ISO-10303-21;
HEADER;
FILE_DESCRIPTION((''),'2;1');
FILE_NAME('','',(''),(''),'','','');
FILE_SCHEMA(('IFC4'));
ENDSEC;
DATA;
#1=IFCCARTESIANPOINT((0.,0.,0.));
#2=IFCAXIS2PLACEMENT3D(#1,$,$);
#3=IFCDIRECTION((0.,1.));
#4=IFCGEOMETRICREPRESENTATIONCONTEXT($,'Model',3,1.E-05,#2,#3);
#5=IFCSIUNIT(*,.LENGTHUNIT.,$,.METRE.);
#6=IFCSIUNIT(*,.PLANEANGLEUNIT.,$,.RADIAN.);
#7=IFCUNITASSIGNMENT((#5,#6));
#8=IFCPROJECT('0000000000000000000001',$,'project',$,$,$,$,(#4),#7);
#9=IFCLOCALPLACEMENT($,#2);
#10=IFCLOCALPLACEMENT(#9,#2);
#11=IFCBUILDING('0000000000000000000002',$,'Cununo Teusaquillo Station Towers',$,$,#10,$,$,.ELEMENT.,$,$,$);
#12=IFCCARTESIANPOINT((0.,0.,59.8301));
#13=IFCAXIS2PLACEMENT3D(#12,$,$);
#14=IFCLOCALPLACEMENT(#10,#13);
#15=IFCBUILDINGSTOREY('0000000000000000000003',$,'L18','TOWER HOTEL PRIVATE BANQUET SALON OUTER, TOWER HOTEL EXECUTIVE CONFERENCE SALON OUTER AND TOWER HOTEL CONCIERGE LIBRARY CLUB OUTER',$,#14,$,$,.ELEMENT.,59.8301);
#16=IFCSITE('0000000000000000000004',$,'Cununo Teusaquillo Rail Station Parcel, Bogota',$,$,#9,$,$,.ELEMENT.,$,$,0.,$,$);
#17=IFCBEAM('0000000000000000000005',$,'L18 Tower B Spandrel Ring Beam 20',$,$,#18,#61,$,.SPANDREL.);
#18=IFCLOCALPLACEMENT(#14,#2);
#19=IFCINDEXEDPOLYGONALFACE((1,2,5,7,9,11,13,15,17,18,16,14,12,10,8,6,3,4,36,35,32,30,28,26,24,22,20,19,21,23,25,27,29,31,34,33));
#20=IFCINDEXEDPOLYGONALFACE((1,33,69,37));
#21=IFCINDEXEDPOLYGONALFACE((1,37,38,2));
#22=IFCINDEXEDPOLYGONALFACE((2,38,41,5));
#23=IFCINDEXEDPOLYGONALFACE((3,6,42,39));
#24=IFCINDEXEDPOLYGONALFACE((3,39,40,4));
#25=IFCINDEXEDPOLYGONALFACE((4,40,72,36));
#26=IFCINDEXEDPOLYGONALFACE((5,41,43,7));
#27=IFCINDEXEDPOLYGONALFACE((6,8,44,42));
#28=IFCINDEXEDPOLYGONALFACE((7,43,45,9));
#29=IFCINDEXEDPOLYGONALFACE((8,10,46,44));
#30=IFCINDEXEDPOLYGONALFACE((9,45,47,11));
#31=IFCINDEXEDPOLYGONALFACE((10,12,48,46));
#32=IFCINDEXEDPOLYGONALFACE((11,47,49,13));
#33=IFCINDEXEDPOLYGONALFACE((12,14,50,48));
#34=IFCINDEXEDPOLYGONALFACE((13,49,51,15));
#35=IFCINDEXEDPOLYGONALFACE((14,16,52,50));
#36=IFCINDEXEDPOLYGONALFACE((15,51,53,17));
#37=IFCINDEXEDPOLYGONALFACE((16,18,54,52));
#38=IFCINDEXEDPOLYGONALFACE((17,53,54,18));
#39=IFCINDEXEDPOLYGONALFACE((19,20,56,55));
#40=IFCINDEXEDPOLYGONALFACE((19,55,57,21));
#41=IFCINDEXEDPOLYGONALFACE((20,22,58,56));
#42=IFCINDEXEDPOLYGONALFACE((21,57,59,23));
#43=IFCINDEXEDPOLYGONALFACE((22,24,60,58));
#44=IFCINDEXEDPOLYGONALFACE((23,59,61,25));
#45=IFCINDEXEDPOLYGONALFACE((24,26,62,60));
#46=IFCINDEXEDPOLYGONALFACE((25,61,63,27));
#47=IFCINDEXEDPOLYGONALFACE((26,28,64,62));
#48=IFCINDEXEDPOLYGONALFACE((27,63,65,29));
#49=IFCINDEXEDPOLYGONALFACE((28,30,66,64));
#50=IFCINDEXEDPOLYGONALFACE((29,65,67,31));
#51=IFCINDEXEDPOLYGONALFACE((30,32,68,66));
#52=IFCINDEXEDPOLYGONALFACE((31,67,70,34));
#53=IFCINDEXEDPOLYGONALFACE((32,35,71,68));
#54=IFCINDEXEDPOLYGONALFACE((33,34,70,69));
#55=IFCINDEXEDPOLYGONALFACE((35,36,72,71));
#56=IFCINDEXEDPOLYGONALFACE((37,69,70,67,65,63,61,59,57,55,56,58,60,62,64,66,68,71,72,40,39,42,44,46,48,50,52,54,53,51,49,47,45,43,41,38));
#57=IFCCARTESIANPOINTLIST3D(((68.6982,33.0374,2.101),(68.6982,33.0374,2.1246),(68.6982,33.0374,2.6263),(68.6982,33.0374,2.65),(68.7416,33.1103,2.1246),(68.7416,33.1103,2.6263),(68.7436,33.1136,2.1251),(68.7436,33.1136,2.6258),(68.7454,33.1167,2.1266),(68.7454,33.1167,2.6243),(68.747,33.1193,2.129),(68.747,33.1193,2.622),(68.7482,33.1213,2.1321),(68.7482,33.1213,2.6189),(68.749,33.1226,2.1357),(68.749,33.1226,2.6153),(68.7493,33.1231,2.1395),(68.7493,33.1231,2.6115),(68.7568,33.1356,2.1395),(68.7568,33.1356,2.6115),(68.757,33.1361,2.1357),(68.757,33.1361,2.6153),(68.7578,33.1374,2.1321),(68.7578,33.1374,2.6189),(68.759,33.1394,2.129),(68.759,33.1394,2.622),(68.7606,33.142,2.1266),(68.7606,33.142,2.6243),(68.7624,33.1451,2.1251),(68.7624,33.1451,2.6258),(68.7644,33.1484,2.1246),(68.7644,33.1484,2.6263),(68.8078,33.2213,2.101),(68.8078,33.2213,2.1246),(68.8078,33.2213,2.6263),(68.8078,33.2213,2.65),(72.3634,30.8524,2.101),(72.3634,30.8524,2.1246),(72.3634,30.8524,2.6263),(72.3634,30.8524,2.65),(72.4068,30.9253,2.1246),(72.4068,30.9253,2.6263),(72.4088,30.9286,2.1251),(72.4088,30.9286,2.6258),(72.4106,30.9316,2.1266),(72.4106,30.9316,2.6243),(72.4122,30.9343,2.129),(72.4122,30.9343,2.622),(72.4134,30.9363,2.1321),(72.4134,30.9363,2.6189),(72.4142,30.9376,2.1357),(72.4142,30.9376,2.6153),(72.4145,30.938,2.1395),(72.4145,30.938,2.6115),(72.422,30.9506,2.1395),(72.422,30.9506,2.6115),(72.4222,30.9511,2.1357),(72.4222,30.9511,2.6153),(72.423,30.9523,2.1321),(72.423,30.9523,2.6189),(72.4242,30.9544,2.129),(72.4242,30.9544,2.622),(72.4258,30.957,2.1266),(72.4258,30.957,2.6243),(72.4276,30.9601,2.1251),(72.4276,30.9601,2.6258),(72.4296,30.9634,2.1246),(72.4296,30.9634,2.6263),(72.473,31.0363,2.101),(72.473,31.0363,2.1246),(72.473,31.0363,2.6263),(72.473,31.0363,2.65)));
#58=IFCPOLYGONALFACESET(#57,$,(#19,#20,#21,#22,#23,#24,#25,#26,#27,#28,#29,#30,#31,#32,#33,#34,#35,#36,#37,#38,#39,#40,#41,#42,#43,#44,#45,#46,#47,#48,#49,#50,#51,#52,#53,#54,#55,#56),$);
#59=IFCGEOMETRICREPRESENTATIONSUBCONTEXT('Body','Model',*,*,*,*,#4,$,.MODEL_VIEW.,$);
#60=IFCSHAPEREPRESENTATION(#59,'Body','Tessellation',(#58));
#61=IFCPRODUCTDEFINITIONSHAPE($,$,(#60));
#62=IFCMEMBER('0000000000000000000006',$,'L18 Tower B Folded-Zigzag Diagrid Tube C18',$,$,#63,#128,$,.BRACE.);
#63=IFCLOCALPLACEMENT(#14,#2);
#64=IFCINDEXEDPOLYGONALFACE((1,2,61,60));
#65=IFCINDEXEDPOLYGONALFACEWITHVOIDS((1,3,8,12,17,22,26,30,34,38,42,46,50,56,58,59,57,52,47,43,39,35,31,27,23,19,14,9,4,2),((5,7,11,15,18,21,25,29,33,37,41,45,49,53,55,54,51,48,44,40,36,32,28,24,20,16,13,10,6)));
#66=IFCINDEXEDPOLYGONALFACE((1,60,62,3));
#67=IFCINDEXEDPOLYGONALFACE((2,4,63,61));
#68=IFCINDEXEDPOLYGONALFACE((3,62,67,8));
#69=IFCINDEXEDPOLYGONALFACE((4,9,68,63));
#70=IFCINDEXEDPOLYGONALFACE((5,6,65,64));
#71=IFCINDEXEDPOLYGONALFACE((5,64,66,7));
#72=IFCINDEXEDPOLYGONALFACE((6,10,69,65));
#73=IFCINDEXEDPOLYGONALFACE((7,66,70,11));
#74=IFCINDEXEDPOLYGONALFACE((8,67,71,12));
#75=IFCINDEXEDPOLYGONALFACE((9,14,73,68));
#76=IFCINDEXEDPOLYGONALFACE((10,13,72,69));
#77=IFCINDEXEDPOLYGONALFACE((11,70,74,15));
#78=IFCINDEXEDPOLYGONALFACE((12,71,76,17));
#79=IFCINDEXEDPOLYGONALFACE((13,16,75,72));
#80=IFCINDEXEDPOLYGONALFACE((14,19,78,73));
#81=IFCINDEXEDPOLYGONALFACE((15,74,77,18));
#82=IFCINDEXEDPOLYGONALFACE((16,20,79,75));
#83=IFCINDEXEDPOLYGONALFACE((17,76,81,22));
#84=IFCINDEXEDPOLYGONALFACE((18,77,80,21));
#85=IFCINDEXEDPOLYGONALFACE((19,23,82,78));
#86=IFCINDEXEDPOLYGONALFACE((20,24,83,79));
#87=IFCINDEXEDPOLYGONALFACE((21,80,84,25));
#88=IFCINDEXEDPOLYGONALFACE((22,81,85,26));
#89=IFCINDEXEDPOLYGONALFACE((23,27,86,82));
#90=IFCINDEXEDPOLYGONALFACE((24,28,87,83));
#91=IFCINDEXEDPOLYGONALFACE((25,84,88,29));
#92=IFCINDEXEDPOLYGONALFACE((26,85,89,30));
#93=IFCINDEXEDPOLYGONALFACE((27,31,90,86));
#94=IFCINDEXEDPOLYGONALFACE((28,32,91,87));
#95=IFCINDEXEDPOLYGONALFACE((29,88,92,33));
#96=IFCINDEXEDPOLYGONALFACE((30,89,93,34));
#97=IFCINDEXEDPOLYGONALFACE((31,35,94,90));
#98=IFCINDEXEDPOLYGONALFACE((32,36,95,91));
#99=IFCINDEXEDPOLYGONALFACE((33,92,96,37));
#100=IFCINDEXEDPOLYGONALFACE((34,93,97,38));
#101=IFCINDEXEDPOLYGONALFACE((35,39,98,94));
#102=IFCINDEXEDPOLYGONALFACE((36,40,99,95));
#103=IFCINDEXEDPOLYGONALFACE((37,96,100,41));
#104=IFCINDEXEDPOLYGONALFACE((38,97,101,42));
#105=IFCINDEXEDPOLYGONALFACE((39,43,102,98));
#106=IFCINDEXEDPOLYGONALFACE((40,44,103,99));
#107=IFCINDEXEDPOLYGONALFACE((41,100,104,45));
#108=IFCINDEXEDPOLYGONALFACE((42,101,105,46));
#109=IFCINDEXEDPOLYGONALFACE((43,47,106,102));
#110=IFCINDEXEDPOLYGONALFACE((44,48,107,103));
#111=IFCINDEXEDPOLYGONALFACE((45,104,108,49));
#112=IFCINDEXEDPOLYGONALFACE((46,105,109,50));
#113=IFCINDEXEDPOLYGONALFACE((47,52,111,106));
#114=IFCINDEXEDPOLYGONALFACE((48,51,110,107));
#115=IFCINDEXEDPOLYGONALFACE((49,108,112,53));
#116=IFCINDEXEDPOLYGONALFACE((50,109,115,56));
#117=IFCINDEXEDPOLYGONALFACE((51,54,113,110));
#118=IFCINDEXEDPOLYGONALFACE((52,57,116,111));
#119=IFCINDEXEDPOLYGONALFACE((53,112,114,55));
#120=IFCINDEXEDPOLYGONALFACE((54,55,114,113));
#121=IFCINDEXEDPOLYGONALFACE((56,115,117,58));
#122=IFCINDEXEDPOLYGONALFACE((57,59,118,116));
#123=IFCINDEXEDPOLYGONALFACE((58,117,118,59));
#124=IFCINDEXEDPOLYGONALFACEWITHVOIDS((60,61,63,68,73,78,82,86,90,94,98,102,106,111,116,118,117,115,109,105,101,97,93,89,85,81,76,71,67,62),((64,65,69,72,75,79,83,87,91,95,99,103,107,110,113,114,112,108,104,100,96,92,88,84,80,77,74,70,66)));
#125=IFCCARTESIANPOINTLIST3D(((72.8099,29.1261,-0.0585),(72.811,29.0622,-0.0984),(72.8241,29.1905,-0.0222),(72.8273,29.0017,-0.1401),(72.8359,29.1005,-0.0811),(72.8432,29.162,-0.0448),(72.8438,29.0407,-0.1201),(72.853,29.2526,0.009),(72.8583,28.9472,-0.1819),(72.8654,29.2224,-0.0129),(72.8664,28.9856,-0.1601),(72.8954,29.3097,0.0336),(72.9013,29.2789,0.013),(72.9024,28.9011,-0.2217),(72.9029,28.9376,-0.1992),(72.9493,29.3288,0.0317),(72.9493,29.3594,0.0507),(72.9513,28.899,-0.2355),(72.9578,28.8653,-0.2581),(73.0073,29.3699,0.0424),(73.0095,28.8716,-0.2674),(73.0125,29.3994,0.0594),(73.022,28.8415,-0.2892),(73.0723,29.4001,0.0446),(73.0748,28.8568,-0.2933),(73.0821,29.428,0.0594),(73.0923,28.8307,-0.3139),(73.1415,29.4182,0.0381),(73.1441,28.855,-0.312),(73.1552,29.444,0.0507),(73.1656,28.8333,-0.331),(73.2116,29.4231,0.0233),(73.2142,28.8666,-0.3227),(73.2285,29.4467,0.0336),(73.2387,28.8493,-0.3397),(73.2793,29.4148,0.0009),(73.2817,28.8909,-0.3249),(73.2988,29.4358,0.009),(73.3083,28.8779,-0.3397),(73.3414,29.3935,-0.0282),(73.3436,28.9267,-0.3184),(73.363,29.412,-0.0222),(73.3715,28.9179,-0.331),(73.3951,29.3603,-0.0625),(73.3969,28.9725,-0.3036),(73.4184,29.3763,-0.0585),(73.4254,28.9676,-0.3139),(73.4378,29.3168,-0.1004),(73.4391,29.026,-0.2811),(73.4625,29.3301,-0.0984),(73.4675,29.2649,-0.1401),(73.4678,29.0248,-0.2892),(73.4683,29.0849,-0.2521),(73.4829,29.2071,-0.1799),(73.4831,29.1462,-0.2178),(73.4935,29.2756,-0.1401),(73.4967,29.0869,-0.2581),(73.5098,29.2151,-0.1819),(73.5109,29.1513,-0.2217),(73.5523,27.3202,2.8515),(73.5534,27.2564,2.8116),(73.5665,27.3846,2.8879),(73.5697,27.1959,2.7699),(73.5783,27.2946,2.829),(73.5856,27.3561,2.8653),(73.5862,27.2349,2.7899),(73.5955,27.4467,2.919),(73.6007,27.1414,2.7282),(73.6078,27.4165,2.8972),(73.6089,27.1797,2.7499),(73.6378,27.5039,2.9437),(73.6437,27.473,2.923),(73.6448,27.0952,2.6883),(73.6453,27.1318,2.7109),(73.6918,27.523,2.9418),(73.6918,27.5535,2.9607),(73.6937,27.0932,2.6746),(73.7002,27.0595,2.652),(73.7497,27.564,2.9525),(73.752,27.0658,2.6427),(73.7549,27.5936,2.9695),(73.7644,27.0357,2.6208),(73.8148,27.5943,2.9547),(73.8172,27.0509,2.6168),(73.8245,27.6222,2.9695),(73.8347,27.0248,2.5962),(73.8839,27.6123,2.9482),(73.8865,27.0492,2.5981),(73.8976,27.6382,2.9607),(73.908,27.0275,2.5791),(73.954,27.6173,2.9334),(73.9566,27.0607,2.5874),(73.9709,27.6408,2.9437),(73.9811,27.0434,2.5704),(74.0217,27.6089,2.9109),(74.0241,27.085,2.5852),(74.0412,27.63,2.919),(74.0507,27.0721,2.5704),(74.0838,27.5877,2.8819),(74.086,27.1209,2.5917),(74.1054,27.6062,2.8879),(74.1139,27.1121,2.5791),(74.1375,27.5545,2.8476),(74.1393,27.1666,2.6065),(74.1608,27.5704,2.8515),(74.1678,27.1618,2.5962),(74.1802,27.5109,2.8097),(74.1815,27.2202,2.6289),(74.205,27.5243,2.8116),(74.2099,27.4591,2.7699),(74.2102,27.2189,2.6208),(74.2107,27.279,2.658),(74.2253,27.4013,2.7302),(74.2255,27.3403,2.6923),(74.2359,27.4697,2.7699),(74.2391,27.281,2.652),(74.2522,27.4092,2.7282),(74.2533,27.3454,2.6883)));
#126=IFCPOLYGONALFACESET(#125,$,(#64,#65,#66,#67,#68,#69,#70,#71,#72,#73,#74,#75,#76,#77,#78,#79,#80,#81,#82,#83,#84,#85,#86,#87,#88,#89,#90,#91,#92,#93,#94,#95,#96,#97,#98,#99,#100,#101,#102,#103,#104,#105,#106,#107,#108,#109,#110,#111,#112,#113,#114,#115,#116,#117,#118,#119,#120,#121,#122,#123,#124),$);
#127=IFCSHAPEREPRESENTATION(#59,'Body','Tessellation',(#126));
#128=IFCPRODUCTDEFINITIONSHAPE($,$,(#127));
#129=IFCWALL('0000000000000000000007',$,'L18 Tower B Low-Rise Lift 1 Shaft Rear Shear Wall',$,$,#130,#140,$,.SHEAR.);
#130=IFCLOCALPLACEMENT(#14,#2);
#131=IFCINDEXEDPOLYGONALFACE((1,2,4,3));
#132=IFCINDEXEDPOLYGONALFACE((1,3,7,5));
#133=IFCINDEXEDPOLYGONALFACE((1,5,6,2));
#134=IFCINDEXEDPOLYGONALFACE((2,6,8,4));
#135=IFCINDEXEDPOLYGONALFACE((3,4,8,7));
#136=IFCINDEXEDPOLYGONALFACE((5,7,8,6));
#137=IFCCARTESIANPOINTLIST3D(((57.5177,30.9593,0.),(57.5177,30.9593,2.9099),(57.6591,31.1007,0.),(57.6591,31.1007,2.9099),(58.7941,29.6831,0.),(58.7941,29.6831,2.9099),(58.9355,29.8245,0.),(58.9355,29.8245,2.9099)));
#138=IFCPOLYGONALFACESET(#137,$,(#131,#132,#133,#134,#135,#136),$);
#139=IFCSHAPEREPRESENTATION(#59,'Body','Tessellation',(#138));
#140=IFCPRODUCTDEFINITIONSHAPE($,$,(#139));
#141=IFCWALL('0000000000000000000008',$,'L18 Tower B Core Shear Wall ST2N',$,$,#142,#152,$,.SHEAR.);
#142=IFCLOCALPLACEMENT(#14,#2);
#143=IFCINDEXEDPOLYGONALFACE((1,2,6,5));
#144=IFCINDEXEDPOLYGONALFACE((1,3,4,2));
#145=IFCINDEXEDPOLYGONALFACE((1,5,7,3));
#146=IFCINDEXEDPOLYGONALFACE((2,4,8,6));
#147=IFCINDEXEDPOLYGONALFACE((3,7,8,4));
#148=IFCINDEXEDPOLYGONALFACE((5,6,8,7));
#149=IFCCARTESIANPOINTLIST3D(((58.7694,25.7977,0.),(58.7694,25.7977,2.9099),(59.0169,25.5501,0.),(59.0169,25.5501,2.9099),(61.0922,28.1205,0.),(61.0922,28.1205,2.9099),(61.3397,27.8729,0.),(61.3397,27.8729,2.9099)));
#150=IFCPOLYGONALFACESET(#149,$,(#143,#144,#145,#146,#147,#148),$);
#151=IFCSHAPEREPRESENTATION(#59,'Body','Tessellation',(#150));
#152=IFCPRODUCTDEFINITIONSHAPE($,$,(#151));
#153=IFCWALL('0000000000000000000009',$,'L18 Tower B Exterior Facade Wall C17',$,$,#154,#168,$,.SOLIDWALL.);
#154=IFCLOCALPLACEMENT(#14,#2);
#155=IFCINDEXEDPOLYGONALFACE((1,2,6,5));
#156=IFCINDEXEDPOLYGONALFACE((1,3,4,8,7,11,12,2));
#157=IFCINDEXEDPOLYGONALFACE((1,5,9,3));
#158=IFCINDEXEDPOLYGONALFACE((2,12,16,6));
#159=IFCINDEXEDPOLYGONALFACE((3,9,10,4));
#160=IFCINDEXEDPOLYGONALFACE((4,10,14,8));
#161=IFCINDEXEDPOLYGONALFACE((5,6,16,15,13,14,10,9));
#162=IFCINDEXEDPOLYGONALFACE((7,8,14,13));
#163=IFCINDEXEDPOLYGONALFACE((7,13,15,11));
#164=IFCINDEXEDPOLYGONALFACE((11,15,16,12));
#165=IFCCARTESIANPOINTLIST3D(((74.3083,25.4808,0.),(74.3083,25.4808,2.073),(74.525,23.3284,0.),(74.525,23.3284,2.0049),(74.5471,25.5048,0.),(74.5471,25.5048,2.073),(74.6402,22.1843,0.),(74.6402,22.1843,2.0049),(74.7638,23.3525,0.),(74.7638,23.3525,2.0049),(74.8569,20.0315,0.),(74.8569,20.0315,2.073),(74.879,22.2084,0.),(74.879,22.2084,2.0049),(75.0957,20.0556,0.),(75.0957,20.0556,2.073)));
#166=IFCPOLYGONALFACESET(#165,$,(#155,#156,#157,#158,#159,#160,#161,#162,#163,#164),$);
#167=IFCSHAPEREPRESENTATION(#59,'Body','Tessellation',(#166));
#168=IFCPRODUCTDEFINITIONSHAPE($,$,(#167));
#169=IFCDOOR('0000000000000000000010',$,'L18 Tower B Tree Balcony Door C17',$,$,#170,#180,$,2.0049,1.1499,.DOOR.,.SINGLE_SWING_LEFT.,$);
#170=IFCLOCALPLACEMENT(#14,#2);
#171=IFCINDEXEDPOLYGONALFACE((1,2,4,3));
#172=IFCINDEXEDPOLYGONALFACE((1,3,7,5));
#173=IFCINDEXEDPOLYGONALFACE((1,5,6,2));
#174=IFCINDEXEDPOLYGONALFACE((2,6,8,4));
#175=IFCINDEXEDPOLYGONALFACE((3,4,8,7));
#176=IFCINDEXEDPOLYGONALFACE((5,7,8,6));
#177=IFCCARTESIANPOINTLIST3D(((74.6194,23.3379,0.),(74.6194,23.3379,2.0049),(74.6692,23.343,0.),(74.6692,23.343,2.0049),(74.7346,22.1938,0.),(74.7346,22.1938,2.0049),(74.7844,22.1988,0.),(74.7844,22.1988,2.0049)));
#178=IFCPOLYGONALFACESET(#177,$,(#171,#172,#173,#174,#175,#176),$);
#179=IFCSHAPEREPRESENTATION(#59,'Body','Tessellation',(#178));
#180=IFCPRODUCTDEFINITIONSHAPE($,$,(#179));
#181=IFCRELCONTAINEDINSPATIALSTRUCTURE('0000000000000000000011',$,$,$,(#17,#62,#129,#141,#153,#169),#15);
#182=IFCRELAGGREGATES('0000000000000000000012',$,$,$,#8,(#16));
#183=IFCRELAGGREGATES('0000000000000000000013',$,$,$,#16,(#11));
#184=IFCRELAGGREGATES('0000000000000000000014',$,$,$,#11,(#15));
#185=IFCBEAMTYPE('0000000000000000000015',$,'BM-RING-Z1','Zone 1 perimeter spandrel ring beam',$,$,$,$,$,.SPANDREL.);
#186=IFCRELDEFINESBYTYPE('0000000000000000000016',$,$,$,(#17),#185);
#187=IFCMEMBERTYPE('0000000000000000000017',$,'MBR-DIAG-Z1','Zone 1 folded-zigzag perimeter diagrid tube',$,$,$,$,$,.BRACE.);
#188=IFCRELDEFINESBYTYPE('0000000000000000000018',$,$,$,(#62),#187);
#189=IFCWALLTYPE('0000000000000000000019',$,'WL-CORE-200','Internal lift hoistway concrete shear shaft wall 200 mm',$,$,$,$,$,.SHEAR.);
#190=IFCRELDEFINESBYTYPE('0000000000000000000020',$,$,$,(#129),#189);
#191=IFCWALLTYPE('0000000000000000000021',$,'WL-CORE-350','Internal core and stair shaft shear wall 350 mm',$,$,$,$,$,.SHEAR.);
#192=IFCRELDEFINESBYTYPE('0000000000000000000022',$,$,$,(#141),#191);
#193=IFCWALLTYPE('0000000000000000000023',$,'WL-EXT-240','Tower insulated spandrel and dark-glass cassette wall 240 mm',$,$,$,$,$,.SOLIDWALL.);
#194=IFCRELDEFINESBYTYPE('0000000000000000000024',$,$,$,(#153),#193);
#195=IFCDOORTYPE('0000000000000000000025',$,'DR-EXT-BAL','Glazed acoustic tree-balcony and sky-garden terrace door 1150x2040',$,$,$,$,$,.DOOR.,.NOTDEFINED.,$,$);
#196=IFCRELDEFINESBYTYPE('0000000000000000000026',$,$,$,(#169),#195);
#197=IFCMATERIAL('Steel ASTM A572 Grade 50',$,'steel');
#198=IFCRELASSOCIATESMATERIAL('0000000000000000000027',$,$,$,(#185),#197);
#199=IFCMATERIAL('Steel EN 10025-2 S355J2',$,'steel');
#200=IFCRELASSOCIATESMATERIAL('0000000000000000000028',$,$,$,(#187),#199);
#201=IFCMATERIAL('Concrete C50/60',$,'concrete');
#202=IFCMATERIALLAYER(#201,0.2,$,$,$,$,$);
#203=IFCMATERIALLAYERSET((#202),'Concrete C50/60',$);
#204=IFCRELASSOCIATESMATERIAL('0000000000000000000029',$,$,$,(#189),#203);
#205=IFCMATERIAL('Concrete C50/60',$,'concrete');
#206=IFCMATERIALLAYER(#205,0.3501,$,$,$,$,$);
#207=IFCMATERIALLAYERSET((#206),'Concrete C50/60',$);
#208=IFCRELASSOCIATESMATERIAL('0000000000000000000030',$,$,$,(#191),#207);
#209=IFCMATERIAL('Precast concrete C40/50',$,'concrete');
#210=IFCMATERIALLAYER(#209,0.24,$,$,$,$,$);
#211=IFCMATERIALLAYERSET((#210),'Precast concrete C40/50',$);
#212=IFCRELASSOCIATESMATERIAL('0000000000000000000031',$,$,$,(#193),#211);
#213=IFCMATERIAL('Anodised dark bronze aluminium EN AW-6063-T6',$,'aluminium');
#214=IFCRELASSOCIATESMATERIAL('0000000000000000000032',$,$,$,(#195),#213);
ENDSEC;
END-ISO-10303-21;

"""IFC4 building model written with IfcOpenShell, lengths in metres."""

from ifc_helpers import new_model, si_unit, direction, frame, frame_2d, origin, origin_2d, place, context, subcontext, project, spatial, rectangle, hollow_circle, i_section, extrude, source, transform, mapped, material, layer, layer_set, material_profile, profile_set, type_object, element, fill, save


model = new_model("IFC4")

# Units and contexts
model_context = context("Model", 3, precision=1e-05, world=origin(), true_north=direction((0.0, 1.0)))
body_context = subcontext(model_context, "Body", "Model", "MODEL_VIEW")
ifc_project = project(units=[si_unit("LENGTHUNIT", "METRE"), si_unit("PLANEANGLEUNIT", "RADIAN")], contexts=[model_context])

# Site, building, storey
site_placement = place(None, origin())
site = spatial("IfcSite", under=ifc_project, at=site_placement, Name="Cununo Teusaquillo Rail Station Parcel, Bogota", CompositionType="ELEMENT", RefElevation=0.0)
building_placement = place(site_placement, origin())
building = spatial("IfcBuilding", under=site, at=building_placement, Name="Cununo Teusaquillo Station Towers", CompositionType="ELEMENT")
storey_placement = place(building_placement, frame((0.0, 0.0, 59.8301)))
storey = spatial("IfcBuildingStorey", under=building, at=storey_placement, Name="L18", Description="TOWER HOTEL PRIVATE BANQUET SALON OUTER, TOWER HOTEL EXECUTIVE CONFERENCE SALON OUTER AND TOWER HOTEL CONCIERGE LIBRARY CLUB OUTER", CompositionType="ELEMENT", Elevation=59.8301)

# Beam
ifc_material_1 = material(Name="Steel ASTM A572 Grade 50", Category="steel")
ifc_material_profile_1 = material_profile(ifc_material_1, i_section(OverallWidth=0.2141, OverallDepth=0.5491, WebThickness=0.0146, FlangeThickness=0.0237, FilletRadius=0.0149, at=origin_2d()), Name="W21X93")
ifc_profile_set_1 = profile_set([ifc_material_profile_1], Name="Steel ASTM A572 Grade 50")
beam_type_1 = type_object("IfcBeamType", Name="BM-RING-Z1", Description="Zone 1 perimeter spandrel ring beam", PredefinedType="SPANDREL", material=ifc_profile_set_1)
beam_1_placement = place(storey_placement, frame((72.4182, 30.9443, 2.3755), z_axis=(-0.858948, 0.512062, 0.0), x_axis=(-0.512062, -0.858948, 0.0)))
element("IfcBeam", 1, at=beam_1_placement, inside=storey, type_object=beam_type_1, Name="L18 Tower B Spandrel Ring Beam 20", PredefinedType="SPANDREL", context=body_context, shape_type="SweptSolid", body=[
    extrude(i_section(OverallWidth=0.2141, OverallDepth=0.5491, WebThickness=0.0146, FlangeThickness=0.0237, FilletRadius=0.0149, at=origin_2d()), origin(), (0.0, 0.0, 1.0), 4.2671),
])

# Member
ifc_material_2 = material(Name="Steel EN 10025-2 S355J2", Category="steel")
ifc_material_profile_2 = material_profile(ifc_material_2, hollow_circle(Radius=0.3601, WallThickness=0.0281, at=origin_2d()), Name="CHS 720x28")
ifc_profile_set_2 = profile_set([ifc_material_profile_2], Name="Steel EN 10025-2 S355J2")
member_type = type_object("IfcMemberType", Name="MBR-DIAG-Z1", Description="Zone 1 folded-zigzag perimeter diagrid tube", PredefinedType="BRACE", material=ifc_profile_set_2)
member_placement = place(storey_placement, frame((73.1604, 29.1387, -0.1401), z_axis=(0.211851, -0.515311, 0.830406), x_axis=(0.92489, 0.380234, 0.0)))
element("IfcMember", 2, at=member_placement, inside=storey, type_object=member_type, Name="L18 Tower B Folded-Zigzag Diagrid Tube C18", PredefinedType="BRACE", context=body_context, shape_type="SweptSolid", body=[
    extrude(hollow_circle(Radius=0.3601, WallThickness=0.0281, at=origin_2d()), origin(), (0.0, 0.0, 1.0), 3.5044),
])

# Walls
ifc_material_3 = material(Name="Concrete C50/60", Category="concrete")
ifc_layer_1 = layer(ifc_material_3, 0.2)
ifc_layer_set_1 = layer_set([ifc_layer_1], Name="Concrete C50/60")
wall_type_1 = type_object("IfcWallType", Name="WL-CORE-200", Description="Internal lift hoistway concrete shear shaft wall 200 mm", PredefinedType="SHEAR", material=ifc_layer_set_1)
wall_1_placement = place(storey_placement, frame((58.8647, 29.7539, 0.0), z_axis=(0.0, 0.0, 1.0), x_axis=(-0.707174, 0.707039, 0.0)))
element("IfcWall", 3, at=wall_1_placement, inside=storey, type_object=wall_type_1, Name="L18 Tower B Low-Rise Lift 1 Shaft Rear Shear Wall", PredefinedType="SHEAR", context=body_context, shape_type="SweptSolid", body=[
    extrude(rectangle(XDim=1.8049, YDim=0.2, at=frame_2d((0.9023, 0.0))), origin(), (0.0, 0.0, 1.0), 2.9099),
])
ifc_material_4 = material(Name="Concrete C50/60", Category="concrete")
ifc_layer_2 = layer(ifc_material_4, 0.3501)
ifc_layer_set_2 = layer_set([ifc_layer_2], Name="Concrete C50/60")
wall_type_2 = type_object("IfcWallType", Name="WL-CORE-350", Description="Internal core and stair shaft shear wall 350 mm", PredefinedType="SHEAR", material=ifc_layer_set_2)
wall_2_placement = place(storey_placement, frame((58.8931, 25.6738, 0.0), z_axis=(0.0, 0.0, 1.0), x_axis=(0.707107, 0.707107, 0.0)))
element("IfcWall", 4, at=wall_2_placement, inside=storey, type_object=wall_type_2, Name="L18 Tower B Core Shear Wall ST2N", PredefinedType="SHEAR", context=body_context, shape_type="SweptSolid", body=[
    extrude(rectangle(XDim=3.2849, YDim=0.3501, at=frame_2d((1.6426, 0.0))), origin(), (0.0, 0.0, 1.0), 2.9099),
])

# Wall, opening, door
ifc_material_5 = material(Name="Precast concrete C40/50", Category="concrete")
ifc_layer_3 = layer(ifc_material_5, 0.24)
ifc_layer_set_3 = layer_set([ifc_layer_3], Name="Precast concrete C40/50")
wall_type_3 = type_object("IfcWallType", Name="WL-EXT-240", Description="Tower insulated spandrel and dark-glass cassette wall 240 mm", PredefinedType="SOLIDWALL", material=ifc_layer_set_3)
wall_3_placement = place(storey_placement, frame((74.4277, 25.4927, 0.0), z_axis=(0.0, 0.0, 1.0), x_axis=(0.100166, -0.994971, 0.0)))
wall_3 = element("IfcWall", 5, at=wall_3_placement, inside=storey, type_object=wall_type_3, Name="L18 Tower B Exterior Facade Wall C17", PredefinedType="SOLIDWALL", context=body_context, shape_type="SweptSolid", body=[
    extrude(rectangle(XDim=5.4768, YDim=0.24, at=frame_2d((2.7383, 0.0))), origin(), (0.0, 0.0, 1.0), 2.073),
])
shared_shape_1 = source(origin(), body_context, "Body", "SweptSolid", [
    extrude(rectangle(XDim=1.1499, YDim=2.0049, at=frame_2d((0.575, 1.0024))), frame((0.0, 0.1299, 0.0), z_axis=(0.0, -1.0, 0.0), x_axis=(1.0, 0.0, 0.0)), (0.0, 0.0, 1.0), 0.26),
])
opening_1_placement = place(wall_3_placement, frame((2.1631, 0.0, 0.0)))
opening_1 = element("IfcOpeningElement", 6, at=opening_1_placement, cuts=wall_3, PredefinedType="OPENING", context=body_context, shape_type="MappedRepresentation", body=[
    mapped(shared_shape_1, transform((0.0, 0.0, 0.0), x_axis=(1.0, 0.0, 0.0), y_axis=(0.0, 1.0, 0.0), z_axis=(0.0, 0.0, 1.0), scale=1.0)),
])
ifc_material_6 = material(Name="Anodised dark bronze aluminium EN AW-6063-T6", Category="aluminium")
door_type_1 = type_object("IfcDoorType", Name="DR-EXT-BAL", Description="Glazed acoustic tree-balcony and sky-garden terrace door 1150x2040", OperationType="NOTDEFINED", PredefinedType="DOOR", material=ifc_material_6)
shared_shape_2 = source(origin(), body_context, "Body", "SweptSolid", [
    extrude(rectangle(XDim=1.1499, YDim=2.0049, at=frame_2d((0.575, 1.0024))), frame((0.0, 0.0249, 0.0), z_axis=(0.0, -1.0, 0.0), x_axis=(1.0, 0.0, 0.0)), (0.0, 0.0, 1.0), 0.05),
])
door_1_placement = place(opening_1_placement, origin())
door_1 = element("IfcDoor", 7, at=door_1_placement, inside=storey, type_object=door_type_1, Name="L18 Tower B Tree Balcony Door C17", OperationType="SINGLE_SWING_LEFT", OverallHeight=2.0049, OverallWidth=1.1499, PredefinedType="DOOR", context=body_context, shape_type="MappedRepresentation", body=[
    mapped(shared_shape_2, transform((0.0, 0.0, 0.0), x_axis=(1.0, 0.0, 0.0), y_axis=(0.0, 1.0, 0.0), z_axis=(0.0, 0.0, 1.0), scale=1.0)),
])
fill(opening_1, door_1)

save(model, "model.ifc")
